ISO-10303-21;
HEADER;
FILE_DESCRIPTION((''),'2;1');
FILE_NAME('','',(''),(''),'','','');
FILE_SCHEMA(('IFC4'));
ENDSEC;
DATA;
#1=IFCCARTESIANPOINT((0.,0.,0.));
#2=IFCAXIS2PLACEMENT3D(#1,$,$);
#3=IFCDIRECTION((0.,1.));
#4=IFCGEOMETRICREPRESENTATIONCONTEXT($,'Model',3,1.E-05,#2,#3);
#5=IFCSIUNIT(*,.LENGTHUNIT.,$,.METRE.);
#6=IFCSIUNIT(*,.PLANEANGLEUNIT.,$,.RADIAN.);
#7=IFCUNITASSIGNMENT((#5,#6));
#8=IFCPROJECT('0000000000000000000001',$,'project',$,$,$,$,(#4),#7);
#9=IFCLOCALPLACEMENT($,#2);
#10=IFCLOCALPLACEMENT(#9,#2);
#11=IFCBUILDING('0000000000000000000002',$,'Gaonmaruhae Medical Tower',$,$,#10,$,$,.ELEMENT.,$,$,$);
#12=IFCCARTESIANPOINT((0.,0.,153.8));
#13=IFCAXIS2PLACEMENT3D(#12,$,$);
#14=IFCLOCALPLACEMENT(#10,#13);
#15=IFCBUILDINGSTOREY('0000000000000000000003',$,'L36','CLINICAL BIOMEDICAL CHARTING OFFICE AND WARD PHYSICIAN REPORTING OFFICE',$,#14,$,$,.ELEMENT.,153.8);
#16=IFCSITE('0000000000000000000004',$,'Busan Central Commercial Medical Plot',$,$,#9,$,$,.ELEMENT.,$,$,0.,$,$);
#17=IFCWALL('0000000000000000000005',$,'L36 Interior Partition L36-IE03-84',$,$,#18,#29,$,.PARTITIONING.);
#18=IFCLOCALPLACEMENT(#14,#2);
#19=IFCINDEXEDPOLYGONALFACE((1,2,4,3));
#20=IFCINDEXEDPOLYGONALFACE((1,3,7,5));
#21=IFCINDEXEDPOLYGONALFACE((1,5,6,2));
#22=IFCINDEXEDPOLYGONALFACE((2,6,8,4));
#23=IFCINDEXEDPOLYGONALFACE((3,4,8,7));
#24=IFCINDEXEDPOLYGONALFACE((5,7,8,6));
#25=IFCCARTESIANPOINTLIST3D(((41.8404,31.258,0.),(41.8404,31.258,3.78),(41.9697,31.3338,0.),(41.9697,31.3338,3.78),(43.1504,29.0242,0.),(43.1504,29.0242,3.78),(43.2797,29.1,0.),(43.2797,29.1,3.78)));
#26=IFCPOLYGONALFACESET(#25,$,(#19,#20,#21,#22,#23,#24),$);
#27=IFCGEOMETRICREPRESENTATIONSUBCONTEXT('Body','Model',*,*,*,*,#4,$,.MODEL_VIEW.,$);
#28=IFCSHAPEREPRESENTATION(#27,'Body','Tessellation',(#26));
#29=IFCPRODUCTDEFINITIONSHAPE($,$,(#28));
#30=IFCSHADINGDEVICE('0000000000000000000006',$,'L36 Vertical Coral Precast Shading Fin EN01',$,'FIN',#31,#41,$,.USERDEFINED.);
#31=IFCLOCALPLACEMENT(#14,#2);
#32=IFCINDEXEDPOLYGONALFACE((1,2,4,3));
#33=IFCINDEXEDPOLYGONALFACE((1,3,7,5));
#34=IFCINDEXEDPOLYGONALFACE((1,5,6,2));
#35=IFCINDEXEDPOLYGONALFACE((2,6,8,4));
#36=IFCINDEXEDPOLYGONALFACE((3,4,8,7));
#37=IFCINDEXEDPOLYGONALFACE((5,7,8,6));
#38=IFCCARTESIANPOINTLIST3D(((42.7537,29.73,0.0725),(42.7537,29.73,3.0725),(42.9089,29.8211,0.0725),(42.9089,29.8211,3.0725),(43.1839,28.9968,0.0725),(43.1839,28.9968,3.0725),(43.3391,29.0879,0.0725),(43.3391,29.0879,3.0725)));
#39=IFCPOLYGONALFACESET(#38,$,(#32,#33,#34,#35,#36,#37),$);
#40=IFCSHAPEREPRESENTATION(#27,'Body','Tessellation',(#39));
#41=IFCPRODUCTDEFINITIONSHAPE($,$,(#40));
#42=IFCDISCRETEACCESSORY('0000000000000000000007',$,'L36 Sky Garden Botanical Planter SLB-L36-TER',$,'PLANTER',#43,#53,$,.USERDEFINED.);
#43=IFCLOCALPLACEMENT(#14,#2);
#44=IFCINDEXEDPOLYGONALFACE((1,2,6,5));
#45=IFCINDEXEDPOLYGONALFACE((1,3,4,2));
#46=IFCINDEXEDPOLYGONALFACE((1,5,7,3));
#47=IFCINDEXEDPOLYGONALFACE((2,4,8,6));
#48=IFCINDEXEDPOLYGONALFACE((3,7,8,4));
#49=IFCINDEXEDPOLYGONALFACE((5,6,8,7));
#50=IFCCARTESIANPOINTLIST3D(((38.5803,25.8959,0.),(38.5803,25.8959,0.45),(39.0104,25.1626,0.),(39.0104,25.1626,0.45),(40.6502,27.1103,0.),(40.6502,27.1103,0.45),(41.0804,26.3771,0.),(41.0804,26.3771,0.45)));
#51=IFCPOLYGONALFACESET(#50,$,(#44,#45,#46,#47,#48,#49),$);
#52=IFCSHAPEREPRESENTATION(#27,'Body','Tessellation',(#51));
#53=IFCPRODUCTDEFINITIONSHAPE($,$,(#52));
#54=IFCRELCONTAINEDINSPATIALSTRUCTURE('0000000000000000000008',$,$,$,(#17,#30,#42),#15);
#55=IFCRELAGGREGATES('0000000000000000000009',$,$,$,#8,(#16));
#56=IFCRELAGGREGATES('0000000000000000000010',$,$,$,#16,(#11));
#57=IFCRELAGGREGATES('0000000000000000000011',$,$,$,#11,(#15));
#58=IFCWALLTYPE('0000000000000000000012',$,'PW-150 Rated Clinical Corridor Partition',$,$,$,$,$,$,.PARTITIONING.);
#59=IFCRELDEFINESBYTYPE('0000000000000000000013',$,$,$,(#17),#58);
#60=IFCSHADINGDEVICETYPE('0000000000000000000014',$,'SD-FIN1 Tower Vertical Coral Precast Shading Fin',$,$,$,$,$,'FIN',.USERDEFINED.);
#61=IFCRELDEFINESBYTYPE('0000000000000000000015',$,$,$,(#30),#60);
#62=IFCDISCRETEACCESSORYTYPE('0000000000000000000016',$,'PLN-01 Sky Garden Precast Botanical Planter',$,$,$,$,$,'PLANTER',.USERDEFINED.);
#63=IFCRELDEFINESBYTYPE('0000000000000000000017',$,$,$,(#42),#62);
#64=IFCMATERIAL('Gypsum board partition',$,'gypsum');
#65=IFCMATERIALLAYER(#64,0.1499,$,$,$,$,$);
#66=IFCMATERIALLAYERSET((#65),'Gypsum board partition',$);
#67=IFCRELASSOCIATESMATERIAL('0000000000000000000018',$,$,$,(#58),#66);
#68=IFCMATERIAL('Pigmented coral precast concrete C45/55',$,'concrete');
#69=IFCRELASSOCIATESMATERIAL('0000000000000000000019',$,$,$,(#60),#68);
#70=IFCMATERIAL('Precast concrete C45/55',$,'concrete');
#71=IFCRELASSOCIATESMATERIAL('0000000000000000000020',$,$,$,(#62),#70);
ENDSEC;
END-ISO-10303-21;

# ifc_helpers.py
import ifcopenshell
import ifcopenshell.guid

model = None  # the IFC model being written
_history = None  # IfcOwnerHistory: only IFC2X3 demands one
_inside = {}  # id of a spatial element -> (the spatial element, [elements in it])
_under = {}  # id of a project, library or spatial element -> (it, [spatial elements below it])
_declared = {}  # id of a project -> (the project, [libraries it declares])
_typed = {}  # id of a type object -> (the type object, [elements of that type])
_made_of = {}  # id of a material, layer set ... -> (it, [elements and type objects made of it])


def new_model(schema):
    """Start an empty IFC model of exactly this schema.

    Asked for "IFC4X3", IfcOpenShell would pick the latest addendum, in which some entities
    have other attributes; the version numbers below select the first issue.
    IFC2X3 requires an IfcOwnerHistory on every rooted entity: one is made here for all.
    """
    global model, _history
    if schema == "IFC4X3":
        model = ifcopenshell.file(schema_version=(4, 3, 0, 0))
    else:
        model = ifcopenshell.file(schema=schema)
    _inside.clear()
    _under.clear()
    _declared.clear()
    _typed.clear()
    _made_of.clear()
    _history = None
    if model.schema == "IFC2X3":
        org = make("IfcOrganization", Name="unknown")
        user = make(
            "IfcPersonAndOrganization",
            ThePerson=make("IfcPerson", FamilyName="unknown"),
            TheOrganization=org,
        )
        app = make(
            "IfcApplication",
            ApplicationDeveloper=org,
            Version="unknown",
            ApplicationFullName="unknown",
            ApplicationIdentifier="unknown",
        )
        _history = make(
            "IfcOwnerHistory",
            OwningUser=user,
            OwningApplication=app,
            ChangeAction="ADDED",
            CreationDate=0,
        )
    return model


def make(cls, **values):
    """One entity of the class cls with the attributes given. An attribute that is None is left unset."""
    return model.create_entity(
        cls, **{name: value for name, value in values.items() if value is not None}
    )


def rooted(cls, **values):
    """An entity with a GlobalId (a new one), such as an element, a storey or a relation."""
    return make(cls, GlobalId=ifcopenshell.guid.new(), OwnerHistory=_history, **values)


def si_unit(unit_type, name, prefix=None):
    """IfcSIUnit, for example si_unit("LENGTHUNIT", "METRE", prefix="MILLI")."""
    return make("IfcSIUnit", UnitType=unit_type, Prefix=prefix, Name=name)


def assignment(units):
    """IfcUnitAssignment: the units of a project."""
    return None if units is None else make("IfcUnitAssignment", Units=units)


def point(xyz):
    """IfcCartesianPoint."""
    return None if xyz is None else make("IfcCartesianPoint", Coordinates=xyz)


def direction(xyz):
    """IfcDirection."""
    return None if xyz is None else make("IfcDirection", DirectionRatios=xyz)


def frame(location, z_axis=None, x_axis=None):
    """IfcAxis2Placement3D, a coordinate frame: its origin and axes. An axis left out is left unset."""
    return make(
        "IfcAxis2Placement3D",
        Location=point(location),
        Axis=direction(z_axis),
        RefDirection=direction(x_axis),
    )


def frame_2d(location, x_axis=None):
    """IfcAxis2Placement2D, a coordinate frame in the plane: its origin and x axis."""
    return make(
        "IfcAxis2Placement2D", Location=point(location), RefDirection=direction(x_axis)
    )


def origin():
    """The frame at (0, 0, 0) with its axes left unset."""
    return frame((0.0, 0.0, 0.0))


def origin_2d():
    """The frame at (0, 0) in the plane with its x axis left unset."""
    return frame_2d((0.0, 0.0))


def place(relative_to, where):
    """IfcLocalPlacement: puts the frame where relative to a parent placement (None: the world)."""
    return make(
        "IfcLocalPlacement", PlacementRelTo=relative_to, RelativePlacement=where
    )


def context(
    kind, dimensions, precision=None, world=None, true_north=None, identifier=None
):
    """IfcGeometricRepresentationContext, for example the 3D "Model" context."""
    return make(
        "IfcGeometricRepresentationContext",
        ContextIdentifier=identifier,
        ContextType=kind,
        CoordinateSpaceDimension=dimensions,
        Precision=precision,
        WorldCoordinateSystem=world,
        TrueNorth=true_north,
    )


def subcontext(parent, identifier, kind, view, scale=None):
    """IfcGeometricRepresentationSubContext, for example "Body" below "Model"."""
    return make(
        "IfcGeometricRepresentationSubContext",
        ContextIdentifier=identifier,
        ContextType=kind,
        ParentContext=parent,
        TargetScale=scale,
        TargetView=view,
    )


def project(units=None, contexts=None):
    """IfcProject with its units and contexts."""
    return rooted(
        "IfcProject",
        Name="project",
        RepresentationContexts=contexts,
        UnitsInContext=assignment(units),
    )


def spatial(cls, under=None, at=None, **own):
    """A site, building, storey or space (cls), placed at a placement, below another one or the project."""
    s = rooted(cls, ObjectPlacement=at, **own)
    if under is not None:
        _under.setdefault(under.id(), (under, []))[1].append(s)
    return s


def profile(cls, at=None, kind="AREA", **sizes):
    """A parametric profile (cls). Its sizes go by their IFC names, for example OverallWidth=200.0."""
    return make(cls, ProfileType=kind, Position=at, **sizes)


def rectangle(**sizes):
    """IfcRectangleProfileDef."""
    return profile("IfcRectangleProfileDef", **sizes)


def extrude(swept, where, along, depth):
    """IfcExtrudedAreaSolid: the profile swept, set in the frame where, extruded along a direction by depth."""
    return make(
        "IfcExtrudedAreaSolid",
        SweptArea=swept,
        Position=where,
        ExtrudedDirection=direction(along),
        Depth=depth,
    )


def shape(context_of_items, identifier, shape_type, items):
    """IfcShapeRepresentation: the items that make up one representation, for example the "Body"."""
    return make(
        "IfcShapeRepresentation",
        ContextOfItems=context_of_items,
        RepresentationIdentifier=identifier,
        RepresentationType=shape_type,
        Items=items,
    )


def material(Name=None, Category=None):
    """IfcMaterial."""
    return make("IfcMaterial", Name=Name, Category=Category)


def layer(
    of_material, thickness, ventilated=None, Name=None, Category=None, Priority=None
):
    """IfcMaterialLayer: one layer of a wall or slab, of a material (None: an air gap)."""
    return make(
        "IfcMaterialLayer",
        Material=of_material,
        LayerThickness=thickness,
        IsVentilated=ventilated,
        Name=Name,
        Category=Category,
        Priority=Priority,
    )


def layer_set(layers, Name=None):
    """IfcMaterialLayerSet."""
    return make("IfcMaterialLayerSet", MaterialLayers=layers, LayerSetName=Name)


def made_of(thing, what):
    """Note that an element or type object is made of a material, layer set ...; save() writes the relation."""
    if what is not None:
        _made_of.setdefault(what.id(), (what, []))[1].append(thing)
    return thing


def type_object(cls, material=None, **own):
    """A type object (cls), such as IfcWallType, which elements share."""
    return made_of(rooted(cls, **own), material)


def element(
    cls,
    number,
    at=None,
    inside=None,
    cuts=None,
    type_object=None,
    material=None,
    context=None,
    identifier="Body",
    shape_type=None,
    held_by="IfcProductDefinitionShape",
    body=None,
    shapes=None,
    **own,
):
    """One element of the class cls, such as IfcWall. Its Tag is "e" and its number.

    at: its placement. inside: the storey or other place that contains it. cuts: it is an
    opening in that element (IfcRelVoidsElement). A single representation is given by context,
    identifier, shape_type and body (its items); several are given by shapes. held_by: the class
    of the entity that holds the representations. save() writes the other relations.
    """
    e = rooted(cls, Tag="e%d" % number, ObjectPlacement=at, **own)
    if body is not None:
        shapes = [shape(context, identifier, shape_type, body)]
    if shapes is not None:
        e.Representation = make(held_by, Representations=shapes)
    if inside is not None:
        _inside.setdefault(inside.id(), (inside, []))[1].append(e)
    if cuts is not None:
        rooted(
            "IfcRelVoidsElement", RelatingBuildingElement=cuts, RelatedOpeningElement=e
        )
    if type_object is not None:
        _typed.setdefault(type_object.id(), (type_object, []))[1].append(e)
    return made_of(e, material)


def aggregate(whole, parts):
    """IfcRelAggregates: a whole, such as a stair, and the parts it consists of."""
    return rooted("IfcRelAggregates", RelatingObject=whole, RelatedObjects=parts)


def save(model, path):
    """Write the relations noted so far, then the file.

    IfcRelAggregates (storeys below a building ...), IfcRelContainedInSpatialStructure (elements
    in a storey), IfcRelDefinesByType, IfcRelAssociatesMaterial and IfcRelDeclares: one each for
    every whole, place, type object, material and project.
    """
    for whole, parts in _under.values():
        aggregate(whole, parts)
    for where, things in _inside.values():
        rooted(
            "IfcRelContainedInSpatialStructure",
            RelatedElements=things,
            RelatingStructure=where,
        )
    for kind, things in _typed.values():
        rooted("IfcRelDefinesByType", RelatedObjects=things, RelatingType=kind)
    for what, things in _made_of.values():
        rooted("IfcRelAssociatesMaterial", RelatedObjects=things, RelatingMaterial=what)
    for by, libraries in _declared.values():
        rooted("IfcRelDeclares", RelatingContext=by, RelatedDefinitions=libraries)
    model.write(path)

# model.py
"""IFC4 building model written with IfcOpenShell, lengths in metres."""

from ifc_helpers import new_model, si_unit, direction, frame, frame_2d, origin, origin_2d, place, context, subcontext, project, spatial, rectangle, extrude, material, layer, layer_set, type_object, element, save


model = new_model("IFC4")

# Units and contexts
model_context = context("Model", 3, precision=1e-05, world=origin(), true_north=direction((0.0, 1.0)))
body_context = subcontext(model_context, "Body", "Model", "MODEL_VIEW")
ifc_project = project(units=[si_unit("LENGTHUNIT", "METRE"), si_unit("PLANEANGLEUNIT", "RADIAN")], contexts=[model_context])

# Site, building, storey
site_placement = place(None, origin())
site = spatial("IfcSite", under=ifc_project, at=site_placement, Name="Busan Central Commercial Medical Plot", CompositionType="ELEMENT", RefElevation=0.0)
building_placement = place(site_placement, origin())
building = spatial("IfcBuilding", under=site, at=building_placement, Name="Gaonmaruhae Medical Tower", CompositionType="ELEMENT")
storey_placement = place(building_placement, frame((0.0, 0.0, 153.8)))
storey = spatial("IfcBuildingStorey", under=building, at=storey_placement, Name="L36", Description="CLINICAL BIOMEDICAL CHARTING OFFICE AND WARD PHYSICIAN REPORTING OFFICE", CompositionType="ELEMENT", Elevation=153.8)

# Shared definitions
ifc_material_1 = material(Name="Precast concrete C45/55", Category="concrete")

# Shared definitions
ifc_material_2 = material(Name="Gypsum board partition", Category="gypsum")
ifc_layer_1 = layer(ifc_material_2, 0.1499)
ifc_layer_set_1 = layer_set([ifc_layer_1], Name="Gypsum board partition")
wall_type_1 = type_object("IfcWallType", Name="PW-150 Rated Clinical Corridor Partition", PredefinedType="PARTITIONING", material=ifc_layer_set_1)

# Wall
wall_1_placement = place(storey_placement, frame((43.2151, 29.062, 0.0), z_axis=(0.0, 0.0, 1.0), x_axis=(-0.505874, 0.862607, 0.0)))
element("IfcWall", 1, at=wall_1_placement, inside=storey, type_object=wall_type_1, Name="L36 Interior Partition L36-IE03-84", PredefinedType="PARTITIONING", context=body_context, shape_type="SweptSolid", body=[
    extrude(rectangle(XDim=2.5896, YDim=0.1499, at=frame_2d((1.2949, 0.0))), origin(), (0.0, 0.0, 1.0), 3.78),
])

# Shading device
ifc_material_3 = material(Name="Pigmented coral precast concrete C45/55", Category="concrete")
shading_device_type = type_object("IfcShadingDeviceType", Name="SD-FIN1 Tower Vertical Coral Precast Shading Fin", ElementType="FIN", PredefinedType="USERDEFINED", material=ifc_material_3)
shading_device_placement = place(storey_placement, frame((43.0464, 29.4089, 0.0725), z_axis=(0.0, 0.0, 1.0), x_axis=(0.862505, 0.506049, 0.0)))
element("IfcShadingDevice", 2, at=shading_device_placement, inside=storey, type_object=shading_device_type, Name="L36 Vertical Coral Precast Shading Fin EN01", ObjectType="FIN", PredefinedType="USERDEFINED", context=body_context, shape_type="SweptSolid", body=[
    extrude(rectangle(XDim=0.1799, YDim=0.8501, at=origin_2d()), origin(), (0.0, 0.0, 1.0), 3.0),
])

# Discrete accessory
discrete_accessory_type = type_object("IfcDiscreteAccessoryType", Name="PLN-01 Sky Garden Precast Botanical Planter", ElementType="PLANTER", PredefinedType="USERDEFINED", material=ifc_material_1)
discrete_accessory_placement = place(storey_placement, frame((39.8303, 26.1365, 0.0), z_axis=(0.0, 0.0, 1.0), x_axis=(0.862514, 0.506034, 0.0)))
element("IfcDiscreteAccessory", 3, at=discrete_accessory_placement, inside=storey, type_object=discrete_accessory_type, Name="L36 Sky Garden Botanical Planter SLB-L36-TER", ObjectType="PLANTER", PredefinedType="USERDEFINED", context=body_context, shape_type="SweptSolid", body=[
    extrude(rectangle(XDim=2.3999, YDim=0.8501, at=origin_2d()), origin(), (0.0, 0.0, 1.0), 0.45),
])

save(model, "model.ifc")
